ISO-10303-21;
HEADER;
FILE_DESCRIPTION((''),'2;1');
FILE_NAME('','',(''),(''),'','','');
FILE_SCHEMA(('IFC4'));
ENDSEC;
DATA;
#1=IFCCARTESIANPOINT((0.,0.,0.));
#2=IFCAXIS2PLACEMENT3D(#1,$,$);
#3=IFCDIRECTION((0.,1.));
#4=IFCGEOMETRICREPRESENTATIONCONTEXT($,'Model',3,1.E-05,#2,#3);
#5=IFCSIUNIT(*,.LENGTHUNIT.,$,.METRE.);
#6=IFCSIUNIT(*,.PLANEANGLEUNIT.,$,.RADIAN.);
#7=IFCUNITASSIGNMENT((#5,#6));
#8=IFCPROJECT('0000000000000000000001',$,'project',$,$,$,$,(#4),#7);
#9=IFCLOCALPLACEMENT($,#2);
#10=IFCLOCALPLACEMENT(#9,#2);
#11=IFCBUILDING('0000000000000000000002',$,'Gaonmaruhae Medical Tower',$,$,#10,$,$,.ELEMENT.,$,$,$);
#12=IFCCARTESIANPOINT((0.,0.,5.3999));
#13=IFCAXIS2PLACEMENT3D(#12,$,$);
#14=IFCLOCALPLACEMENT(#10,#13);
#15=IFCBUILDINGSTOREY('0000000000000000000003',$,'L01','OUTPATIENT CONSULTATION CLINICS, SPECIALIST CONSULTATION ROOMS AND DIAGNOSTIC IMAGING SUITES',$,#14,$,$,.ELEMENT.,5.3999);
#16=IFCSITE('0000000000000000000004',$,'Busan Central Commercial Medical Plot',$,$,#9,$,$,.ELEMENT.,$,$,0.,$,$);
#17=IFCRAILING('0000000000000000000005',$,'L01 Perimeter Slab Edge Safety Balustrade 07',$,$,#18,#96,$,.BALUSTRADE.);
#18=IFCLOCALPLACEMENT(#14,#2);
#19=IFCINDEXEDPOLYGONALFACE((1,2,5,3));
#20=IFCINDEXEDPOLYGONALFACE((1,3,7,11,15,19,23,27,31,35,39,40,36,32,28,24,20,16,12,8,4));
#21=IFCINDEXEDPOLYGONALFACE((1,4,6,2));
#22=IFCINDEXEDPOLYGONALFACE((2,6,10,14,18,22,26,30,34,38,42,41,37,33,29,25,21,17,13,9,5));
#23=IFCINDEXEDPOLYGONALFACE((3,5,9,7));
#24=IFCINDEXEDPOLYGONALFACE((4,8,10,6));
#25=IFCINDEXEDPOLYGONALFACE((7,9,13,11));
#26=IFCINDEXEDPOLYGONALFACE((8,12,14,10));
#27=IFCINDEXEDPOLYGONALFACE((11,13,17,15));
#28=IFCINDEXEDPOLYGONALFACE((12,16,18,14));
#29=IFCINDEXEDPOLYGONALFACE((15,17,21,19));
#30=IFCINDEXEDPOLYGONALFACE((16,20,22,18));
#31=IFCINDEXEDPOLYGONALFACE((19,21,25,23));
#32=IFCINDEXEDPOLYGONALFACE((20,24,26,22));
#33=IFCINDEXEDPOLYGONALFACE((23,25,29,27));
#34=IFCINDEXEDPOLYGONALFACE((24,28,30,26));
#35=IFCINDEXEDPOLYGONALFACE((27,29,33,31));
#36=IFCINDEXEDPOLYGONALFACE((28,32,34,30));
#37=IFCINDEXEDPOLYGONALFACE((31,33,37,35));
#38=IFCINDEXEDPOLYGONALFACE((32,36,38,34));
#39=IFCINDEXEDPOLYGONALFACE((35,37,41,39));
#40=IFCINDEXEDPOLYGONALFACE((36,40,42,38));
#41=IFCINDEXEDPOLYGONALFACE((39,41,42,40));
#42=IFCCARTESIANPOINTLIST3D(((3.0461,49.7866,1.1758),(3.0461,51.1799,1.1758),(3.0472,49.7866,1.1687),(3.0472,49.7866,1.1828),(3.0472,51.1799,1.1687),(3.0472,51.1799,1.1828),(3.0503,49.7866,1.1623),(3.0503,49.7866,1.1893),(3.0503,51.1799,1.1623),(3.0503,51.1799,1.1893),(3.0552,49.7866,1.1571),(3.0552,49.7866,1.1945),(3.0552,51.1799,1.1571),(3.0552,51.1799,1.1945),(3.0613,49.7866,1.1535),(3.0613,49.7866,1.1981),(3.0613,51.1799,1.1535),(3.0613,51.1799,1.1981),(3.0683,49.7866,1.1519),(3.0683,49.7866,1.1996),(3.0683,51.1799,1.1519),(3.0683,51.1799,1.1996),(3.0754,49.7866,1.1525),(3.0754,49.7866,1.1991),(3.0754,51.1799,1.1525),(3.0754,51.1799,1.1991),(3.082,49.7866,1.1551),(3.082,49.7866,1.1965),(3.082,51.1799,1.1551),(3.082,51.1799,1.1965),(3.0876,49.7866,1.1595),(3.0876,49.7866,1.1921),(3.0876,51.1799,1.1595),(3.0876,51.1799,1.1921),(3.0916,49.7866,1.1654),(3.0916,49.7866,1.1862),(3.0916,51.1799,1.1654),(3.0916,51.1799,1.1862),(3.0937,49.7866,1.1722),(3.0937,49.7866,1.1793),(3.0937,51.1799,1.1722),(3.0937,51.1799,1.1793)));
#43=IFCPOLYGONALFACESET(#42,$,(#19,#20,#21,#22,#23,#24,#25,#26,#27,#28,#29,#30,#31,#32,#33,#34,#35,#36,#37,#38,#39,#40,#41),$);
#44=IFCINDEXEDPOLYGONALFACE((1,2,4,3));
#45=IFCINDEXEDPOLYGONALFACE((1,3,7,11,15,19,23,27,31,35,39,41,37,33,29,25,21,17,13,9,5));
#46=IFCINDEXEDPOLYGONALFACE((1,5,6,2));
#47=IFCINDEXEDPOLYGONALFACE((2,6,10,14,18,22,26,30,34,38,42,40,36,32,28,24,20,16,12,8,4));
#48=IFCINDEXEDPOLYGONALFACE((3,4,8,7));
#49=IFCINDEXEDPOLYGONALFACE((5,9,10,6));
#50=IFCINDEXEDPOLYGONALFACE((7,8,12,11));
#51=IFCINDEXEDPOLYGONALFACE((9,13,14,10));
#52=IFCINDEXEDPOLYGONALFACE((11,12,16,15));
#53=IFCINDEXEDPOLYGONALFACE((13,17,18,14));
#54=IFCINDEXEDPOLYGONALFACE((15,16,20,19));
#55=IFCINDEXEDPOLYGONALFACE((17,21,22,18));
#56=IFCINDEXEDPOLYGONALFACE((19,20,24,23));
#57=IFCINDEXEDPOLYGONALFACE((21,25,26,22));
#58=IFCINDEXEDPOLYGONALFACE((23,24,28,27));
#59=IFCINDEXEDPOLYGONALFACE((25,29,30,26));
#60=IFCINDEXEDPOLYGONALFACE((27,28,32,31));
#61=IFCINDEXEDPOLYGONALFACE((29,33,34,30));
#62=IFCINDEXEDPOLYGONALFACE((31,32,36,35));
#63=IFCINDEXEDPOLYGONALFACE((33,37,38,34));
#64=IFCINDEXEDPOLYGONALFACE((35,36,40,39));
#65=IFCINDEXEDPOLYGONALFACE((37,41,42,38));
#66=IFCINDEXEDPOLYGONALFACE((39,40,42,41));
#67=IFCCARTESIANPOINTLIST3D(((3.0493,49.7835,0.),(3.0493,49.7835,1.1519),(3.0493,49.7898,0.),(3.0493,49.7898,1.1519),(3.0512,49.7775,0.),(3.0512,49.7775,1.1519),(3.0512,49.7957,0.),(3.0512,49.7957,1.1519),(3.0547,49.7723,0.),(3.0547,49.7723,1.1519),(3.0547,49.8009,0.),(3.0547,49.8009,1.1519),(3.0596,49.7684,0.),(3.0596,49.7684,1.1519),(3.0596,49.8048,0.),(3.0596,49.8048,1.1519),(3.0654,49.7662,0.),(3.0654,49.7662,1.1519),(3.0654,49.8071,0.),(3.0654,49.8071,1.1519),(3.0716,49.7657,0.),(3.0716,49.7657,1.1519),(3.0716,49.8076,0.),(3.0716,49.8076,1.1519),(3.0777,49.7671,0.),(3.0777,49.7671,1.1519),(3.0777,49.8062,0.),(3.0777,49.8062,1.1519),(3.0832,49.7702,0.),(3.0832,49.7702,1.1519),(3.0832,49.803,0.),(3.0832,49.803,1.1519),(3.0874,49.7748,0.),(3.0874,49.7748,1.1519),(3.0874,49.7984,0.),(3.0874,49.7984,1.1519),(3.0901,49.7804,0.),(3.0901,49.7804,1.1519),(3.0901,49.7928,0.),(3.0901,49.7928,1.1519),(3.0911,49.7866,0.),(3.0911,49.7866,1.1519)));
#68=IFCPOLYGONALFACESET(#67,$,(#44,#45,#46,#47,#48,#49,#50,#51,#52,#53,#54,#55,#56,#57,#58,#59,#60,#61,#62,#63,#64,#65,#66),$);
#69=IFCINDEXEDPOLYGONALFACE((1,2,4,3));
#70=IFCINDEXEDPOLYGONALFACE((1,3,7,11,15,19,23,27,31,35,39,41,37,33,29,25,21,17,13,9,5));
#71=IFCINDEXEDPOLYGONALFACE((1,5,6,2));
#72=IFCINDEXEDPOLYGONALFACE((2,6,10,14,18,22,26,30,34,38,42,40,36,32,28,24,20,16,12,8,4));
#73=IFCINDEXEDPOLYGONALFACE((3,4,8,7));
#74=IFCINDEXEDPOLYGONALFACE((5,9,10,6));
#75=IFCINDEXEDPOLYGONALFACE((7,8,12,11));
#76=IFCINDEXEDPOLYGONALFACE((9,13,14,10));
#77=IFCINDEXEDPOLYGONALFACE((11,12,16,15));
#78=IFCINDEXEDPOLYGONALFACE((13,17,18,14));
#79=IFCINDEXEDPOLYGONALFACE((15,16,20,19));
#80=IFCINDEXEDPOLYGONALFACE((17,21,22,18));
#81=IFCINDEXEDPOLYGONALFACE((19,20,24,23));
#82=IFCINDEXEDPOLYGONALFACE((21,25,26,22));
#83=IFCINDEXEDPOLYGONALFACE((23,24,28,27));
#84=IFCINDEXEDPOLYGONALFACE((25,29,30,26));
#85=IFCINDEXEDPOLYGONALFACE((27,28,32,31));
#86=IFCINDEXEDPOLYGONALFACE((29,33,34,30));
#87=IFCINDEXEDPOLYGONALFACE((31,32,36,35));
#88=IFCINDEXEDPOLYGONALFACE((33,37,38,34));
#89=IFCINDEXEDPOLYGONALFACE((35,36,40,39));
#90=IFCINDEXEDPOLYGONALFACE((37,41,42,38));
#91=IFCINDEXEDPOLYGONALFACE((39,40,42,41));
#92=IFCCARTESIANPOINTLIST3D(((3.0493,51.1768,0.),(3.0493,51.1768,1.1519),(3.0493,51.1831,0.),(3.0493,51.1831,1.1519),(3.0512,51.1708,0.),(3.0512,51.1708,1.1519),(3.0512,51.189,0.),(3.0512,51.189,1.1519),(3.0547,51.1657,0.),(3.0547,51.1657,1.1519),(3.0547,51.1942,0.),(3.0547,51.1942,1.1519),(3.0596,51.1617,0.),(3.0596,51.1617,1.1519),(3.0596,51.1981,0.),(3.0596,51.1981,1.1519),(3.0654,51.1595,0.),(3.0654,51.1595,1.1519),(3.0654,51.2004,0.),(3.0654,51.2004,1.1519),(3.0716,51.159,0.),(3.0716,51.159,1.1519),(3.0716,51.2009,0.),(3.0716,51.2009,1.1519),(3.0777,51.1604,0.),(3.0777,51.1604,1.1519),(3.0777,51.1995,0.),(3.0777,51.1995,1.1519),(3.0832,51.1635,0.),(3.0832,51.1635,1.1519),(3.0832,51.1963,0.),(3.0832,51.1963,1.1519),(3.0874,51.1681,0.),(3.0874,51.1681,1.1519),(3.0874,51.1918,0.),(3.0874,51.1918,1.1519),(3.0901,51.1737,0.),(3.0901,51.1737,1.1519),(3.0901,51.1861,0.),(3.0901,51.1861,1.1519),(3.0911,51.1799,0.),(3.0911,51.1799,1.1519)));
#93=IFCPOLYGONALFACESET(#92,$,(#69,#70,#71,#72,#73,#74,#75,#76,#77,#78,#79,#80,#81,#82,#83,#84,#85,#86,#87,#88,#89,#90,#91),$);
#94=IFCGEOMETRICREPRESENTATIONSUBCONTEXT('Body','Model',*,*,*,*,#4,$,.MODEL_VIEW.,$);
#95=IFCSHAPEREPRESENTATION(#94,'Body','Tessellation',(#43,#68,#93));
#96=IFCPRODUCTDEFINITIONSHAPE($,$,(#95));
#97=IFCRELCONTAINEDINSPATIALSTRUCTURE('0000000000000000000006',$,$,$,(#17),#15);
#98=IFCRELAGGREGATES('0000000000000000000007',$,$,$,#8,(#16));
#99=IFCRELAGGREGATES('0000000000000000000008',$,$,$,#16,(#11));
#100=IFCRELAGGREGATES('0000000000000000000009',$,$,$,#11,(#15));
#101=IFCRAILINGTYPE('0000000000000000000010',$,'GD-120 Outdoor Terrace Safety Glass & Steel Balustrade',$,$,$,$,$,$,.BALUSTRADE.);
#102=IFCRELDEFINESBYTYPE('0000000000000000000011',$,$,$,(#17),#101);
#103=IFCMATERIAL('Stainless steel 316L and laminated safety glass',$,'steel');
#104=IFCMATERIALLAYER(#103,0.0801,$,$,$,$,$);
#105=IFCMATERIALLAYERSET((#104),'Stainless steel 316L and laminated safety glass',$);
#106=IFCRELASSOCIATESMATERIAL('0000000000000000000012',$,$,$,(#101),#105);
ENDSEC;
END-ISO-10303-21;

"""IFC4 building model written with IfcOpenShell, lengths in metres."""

from ifc_helpers import new_model, si_unit, direction, frame, origin, origin_2d, place, context, subcontext, project, spatial, circle, extrude, material, layer, layer_set, type_object, element, save


model = new_model("IFC4")

# Units and contexts
model_context = context("Model", 3, precision=1e-05, world=origin(), true_north=direction((0.0, 1.0)))
body_context = subcontext(model_context, "Body", "Model", "MODEL_VIEW")
ifc_project = project(units=[si_unit("LENGTHUNIT", "METRE"), si_unit("PLANEANGLEUNIT", "RADIAN")], contexts=[model_context])

# Site, building, storey
site_placement = place(None, origin())
site = spatial("IfcSite", under=ifc_project, at=site_placement, Name="Busan Central Commercial Medical Plot", CompositionType="ELEMENT", RefElevation=0.0)
building_placement = place(site_placement, origin())
building = spatial("IfcBuilding", under=site, at=building_placement, Name="Gaonmaruhae Medical Tower", CompositionType="ELEMENT")
storey_placement = place(building_placement, frame((0.0, 0.0, 5.3999)))
storey = spatial("IfcBuildingStorey", under=building, at=storey_placement, Name="L01", Description="OUTPATIENT CONSULTATION CLINICS, SPECIALIST CONSULTATION ROOMS AND DIAGNOSTIC IMAGING SUITES", CompositionType="ELEMENT", Elevation=5.3999)

# Railing
ifc_material_1 = material(Name="Stainless steel 316L and laminated safety glass", Category="steel")
ifc_layer_1 = layer(ifc_material_1, 0.0801)
ifc_layer_set_1 = layer_set([ifc_layer_1], Name="Stainless steel 316L and laminated safety glass")
railing_type_1 = type_object("IfcRailingType", Name="GD-120 Outdoor Terrace Safety Glass & Steel Balustrade", PredefinedType="BALUSTRADE", material=ifc_layer_set_1)
railing_1_placement = place(storey_placement, frame((3.0701, 49.7866, 0.0)))
element("IfcRailing", 1, at=railing_1_placement, inside=storey, type_object=railing_type_1, Name="L01 Perimeter Slab Edge Safety Balustrade 07", PredefinedType="BALUSTRADE", context=body_context, shape_type="SweptSolid", body=[
    extrude(circle(Radius=0.0239, at=origin_2d()), frame((0.0, 0.0, 1.1758), z_axis=(0.0, 1.0, 0.0), x_axis=(-1.0, 0.0, 0.0)), (0.0, 0.0, 1.0), 1.3933),
    extrude(circle(Radius=0.021, at=origin_2d()), origin(), (0.0, 0.0, 1.0), 1.1519),
    extrude(circle(Radius=0.021, at=origin_2d()), frame((0.0, 1.3933, 0.0)), (0.0, 0.0, 1.0), 1.1519),
])

save(model, "model.ifc")
